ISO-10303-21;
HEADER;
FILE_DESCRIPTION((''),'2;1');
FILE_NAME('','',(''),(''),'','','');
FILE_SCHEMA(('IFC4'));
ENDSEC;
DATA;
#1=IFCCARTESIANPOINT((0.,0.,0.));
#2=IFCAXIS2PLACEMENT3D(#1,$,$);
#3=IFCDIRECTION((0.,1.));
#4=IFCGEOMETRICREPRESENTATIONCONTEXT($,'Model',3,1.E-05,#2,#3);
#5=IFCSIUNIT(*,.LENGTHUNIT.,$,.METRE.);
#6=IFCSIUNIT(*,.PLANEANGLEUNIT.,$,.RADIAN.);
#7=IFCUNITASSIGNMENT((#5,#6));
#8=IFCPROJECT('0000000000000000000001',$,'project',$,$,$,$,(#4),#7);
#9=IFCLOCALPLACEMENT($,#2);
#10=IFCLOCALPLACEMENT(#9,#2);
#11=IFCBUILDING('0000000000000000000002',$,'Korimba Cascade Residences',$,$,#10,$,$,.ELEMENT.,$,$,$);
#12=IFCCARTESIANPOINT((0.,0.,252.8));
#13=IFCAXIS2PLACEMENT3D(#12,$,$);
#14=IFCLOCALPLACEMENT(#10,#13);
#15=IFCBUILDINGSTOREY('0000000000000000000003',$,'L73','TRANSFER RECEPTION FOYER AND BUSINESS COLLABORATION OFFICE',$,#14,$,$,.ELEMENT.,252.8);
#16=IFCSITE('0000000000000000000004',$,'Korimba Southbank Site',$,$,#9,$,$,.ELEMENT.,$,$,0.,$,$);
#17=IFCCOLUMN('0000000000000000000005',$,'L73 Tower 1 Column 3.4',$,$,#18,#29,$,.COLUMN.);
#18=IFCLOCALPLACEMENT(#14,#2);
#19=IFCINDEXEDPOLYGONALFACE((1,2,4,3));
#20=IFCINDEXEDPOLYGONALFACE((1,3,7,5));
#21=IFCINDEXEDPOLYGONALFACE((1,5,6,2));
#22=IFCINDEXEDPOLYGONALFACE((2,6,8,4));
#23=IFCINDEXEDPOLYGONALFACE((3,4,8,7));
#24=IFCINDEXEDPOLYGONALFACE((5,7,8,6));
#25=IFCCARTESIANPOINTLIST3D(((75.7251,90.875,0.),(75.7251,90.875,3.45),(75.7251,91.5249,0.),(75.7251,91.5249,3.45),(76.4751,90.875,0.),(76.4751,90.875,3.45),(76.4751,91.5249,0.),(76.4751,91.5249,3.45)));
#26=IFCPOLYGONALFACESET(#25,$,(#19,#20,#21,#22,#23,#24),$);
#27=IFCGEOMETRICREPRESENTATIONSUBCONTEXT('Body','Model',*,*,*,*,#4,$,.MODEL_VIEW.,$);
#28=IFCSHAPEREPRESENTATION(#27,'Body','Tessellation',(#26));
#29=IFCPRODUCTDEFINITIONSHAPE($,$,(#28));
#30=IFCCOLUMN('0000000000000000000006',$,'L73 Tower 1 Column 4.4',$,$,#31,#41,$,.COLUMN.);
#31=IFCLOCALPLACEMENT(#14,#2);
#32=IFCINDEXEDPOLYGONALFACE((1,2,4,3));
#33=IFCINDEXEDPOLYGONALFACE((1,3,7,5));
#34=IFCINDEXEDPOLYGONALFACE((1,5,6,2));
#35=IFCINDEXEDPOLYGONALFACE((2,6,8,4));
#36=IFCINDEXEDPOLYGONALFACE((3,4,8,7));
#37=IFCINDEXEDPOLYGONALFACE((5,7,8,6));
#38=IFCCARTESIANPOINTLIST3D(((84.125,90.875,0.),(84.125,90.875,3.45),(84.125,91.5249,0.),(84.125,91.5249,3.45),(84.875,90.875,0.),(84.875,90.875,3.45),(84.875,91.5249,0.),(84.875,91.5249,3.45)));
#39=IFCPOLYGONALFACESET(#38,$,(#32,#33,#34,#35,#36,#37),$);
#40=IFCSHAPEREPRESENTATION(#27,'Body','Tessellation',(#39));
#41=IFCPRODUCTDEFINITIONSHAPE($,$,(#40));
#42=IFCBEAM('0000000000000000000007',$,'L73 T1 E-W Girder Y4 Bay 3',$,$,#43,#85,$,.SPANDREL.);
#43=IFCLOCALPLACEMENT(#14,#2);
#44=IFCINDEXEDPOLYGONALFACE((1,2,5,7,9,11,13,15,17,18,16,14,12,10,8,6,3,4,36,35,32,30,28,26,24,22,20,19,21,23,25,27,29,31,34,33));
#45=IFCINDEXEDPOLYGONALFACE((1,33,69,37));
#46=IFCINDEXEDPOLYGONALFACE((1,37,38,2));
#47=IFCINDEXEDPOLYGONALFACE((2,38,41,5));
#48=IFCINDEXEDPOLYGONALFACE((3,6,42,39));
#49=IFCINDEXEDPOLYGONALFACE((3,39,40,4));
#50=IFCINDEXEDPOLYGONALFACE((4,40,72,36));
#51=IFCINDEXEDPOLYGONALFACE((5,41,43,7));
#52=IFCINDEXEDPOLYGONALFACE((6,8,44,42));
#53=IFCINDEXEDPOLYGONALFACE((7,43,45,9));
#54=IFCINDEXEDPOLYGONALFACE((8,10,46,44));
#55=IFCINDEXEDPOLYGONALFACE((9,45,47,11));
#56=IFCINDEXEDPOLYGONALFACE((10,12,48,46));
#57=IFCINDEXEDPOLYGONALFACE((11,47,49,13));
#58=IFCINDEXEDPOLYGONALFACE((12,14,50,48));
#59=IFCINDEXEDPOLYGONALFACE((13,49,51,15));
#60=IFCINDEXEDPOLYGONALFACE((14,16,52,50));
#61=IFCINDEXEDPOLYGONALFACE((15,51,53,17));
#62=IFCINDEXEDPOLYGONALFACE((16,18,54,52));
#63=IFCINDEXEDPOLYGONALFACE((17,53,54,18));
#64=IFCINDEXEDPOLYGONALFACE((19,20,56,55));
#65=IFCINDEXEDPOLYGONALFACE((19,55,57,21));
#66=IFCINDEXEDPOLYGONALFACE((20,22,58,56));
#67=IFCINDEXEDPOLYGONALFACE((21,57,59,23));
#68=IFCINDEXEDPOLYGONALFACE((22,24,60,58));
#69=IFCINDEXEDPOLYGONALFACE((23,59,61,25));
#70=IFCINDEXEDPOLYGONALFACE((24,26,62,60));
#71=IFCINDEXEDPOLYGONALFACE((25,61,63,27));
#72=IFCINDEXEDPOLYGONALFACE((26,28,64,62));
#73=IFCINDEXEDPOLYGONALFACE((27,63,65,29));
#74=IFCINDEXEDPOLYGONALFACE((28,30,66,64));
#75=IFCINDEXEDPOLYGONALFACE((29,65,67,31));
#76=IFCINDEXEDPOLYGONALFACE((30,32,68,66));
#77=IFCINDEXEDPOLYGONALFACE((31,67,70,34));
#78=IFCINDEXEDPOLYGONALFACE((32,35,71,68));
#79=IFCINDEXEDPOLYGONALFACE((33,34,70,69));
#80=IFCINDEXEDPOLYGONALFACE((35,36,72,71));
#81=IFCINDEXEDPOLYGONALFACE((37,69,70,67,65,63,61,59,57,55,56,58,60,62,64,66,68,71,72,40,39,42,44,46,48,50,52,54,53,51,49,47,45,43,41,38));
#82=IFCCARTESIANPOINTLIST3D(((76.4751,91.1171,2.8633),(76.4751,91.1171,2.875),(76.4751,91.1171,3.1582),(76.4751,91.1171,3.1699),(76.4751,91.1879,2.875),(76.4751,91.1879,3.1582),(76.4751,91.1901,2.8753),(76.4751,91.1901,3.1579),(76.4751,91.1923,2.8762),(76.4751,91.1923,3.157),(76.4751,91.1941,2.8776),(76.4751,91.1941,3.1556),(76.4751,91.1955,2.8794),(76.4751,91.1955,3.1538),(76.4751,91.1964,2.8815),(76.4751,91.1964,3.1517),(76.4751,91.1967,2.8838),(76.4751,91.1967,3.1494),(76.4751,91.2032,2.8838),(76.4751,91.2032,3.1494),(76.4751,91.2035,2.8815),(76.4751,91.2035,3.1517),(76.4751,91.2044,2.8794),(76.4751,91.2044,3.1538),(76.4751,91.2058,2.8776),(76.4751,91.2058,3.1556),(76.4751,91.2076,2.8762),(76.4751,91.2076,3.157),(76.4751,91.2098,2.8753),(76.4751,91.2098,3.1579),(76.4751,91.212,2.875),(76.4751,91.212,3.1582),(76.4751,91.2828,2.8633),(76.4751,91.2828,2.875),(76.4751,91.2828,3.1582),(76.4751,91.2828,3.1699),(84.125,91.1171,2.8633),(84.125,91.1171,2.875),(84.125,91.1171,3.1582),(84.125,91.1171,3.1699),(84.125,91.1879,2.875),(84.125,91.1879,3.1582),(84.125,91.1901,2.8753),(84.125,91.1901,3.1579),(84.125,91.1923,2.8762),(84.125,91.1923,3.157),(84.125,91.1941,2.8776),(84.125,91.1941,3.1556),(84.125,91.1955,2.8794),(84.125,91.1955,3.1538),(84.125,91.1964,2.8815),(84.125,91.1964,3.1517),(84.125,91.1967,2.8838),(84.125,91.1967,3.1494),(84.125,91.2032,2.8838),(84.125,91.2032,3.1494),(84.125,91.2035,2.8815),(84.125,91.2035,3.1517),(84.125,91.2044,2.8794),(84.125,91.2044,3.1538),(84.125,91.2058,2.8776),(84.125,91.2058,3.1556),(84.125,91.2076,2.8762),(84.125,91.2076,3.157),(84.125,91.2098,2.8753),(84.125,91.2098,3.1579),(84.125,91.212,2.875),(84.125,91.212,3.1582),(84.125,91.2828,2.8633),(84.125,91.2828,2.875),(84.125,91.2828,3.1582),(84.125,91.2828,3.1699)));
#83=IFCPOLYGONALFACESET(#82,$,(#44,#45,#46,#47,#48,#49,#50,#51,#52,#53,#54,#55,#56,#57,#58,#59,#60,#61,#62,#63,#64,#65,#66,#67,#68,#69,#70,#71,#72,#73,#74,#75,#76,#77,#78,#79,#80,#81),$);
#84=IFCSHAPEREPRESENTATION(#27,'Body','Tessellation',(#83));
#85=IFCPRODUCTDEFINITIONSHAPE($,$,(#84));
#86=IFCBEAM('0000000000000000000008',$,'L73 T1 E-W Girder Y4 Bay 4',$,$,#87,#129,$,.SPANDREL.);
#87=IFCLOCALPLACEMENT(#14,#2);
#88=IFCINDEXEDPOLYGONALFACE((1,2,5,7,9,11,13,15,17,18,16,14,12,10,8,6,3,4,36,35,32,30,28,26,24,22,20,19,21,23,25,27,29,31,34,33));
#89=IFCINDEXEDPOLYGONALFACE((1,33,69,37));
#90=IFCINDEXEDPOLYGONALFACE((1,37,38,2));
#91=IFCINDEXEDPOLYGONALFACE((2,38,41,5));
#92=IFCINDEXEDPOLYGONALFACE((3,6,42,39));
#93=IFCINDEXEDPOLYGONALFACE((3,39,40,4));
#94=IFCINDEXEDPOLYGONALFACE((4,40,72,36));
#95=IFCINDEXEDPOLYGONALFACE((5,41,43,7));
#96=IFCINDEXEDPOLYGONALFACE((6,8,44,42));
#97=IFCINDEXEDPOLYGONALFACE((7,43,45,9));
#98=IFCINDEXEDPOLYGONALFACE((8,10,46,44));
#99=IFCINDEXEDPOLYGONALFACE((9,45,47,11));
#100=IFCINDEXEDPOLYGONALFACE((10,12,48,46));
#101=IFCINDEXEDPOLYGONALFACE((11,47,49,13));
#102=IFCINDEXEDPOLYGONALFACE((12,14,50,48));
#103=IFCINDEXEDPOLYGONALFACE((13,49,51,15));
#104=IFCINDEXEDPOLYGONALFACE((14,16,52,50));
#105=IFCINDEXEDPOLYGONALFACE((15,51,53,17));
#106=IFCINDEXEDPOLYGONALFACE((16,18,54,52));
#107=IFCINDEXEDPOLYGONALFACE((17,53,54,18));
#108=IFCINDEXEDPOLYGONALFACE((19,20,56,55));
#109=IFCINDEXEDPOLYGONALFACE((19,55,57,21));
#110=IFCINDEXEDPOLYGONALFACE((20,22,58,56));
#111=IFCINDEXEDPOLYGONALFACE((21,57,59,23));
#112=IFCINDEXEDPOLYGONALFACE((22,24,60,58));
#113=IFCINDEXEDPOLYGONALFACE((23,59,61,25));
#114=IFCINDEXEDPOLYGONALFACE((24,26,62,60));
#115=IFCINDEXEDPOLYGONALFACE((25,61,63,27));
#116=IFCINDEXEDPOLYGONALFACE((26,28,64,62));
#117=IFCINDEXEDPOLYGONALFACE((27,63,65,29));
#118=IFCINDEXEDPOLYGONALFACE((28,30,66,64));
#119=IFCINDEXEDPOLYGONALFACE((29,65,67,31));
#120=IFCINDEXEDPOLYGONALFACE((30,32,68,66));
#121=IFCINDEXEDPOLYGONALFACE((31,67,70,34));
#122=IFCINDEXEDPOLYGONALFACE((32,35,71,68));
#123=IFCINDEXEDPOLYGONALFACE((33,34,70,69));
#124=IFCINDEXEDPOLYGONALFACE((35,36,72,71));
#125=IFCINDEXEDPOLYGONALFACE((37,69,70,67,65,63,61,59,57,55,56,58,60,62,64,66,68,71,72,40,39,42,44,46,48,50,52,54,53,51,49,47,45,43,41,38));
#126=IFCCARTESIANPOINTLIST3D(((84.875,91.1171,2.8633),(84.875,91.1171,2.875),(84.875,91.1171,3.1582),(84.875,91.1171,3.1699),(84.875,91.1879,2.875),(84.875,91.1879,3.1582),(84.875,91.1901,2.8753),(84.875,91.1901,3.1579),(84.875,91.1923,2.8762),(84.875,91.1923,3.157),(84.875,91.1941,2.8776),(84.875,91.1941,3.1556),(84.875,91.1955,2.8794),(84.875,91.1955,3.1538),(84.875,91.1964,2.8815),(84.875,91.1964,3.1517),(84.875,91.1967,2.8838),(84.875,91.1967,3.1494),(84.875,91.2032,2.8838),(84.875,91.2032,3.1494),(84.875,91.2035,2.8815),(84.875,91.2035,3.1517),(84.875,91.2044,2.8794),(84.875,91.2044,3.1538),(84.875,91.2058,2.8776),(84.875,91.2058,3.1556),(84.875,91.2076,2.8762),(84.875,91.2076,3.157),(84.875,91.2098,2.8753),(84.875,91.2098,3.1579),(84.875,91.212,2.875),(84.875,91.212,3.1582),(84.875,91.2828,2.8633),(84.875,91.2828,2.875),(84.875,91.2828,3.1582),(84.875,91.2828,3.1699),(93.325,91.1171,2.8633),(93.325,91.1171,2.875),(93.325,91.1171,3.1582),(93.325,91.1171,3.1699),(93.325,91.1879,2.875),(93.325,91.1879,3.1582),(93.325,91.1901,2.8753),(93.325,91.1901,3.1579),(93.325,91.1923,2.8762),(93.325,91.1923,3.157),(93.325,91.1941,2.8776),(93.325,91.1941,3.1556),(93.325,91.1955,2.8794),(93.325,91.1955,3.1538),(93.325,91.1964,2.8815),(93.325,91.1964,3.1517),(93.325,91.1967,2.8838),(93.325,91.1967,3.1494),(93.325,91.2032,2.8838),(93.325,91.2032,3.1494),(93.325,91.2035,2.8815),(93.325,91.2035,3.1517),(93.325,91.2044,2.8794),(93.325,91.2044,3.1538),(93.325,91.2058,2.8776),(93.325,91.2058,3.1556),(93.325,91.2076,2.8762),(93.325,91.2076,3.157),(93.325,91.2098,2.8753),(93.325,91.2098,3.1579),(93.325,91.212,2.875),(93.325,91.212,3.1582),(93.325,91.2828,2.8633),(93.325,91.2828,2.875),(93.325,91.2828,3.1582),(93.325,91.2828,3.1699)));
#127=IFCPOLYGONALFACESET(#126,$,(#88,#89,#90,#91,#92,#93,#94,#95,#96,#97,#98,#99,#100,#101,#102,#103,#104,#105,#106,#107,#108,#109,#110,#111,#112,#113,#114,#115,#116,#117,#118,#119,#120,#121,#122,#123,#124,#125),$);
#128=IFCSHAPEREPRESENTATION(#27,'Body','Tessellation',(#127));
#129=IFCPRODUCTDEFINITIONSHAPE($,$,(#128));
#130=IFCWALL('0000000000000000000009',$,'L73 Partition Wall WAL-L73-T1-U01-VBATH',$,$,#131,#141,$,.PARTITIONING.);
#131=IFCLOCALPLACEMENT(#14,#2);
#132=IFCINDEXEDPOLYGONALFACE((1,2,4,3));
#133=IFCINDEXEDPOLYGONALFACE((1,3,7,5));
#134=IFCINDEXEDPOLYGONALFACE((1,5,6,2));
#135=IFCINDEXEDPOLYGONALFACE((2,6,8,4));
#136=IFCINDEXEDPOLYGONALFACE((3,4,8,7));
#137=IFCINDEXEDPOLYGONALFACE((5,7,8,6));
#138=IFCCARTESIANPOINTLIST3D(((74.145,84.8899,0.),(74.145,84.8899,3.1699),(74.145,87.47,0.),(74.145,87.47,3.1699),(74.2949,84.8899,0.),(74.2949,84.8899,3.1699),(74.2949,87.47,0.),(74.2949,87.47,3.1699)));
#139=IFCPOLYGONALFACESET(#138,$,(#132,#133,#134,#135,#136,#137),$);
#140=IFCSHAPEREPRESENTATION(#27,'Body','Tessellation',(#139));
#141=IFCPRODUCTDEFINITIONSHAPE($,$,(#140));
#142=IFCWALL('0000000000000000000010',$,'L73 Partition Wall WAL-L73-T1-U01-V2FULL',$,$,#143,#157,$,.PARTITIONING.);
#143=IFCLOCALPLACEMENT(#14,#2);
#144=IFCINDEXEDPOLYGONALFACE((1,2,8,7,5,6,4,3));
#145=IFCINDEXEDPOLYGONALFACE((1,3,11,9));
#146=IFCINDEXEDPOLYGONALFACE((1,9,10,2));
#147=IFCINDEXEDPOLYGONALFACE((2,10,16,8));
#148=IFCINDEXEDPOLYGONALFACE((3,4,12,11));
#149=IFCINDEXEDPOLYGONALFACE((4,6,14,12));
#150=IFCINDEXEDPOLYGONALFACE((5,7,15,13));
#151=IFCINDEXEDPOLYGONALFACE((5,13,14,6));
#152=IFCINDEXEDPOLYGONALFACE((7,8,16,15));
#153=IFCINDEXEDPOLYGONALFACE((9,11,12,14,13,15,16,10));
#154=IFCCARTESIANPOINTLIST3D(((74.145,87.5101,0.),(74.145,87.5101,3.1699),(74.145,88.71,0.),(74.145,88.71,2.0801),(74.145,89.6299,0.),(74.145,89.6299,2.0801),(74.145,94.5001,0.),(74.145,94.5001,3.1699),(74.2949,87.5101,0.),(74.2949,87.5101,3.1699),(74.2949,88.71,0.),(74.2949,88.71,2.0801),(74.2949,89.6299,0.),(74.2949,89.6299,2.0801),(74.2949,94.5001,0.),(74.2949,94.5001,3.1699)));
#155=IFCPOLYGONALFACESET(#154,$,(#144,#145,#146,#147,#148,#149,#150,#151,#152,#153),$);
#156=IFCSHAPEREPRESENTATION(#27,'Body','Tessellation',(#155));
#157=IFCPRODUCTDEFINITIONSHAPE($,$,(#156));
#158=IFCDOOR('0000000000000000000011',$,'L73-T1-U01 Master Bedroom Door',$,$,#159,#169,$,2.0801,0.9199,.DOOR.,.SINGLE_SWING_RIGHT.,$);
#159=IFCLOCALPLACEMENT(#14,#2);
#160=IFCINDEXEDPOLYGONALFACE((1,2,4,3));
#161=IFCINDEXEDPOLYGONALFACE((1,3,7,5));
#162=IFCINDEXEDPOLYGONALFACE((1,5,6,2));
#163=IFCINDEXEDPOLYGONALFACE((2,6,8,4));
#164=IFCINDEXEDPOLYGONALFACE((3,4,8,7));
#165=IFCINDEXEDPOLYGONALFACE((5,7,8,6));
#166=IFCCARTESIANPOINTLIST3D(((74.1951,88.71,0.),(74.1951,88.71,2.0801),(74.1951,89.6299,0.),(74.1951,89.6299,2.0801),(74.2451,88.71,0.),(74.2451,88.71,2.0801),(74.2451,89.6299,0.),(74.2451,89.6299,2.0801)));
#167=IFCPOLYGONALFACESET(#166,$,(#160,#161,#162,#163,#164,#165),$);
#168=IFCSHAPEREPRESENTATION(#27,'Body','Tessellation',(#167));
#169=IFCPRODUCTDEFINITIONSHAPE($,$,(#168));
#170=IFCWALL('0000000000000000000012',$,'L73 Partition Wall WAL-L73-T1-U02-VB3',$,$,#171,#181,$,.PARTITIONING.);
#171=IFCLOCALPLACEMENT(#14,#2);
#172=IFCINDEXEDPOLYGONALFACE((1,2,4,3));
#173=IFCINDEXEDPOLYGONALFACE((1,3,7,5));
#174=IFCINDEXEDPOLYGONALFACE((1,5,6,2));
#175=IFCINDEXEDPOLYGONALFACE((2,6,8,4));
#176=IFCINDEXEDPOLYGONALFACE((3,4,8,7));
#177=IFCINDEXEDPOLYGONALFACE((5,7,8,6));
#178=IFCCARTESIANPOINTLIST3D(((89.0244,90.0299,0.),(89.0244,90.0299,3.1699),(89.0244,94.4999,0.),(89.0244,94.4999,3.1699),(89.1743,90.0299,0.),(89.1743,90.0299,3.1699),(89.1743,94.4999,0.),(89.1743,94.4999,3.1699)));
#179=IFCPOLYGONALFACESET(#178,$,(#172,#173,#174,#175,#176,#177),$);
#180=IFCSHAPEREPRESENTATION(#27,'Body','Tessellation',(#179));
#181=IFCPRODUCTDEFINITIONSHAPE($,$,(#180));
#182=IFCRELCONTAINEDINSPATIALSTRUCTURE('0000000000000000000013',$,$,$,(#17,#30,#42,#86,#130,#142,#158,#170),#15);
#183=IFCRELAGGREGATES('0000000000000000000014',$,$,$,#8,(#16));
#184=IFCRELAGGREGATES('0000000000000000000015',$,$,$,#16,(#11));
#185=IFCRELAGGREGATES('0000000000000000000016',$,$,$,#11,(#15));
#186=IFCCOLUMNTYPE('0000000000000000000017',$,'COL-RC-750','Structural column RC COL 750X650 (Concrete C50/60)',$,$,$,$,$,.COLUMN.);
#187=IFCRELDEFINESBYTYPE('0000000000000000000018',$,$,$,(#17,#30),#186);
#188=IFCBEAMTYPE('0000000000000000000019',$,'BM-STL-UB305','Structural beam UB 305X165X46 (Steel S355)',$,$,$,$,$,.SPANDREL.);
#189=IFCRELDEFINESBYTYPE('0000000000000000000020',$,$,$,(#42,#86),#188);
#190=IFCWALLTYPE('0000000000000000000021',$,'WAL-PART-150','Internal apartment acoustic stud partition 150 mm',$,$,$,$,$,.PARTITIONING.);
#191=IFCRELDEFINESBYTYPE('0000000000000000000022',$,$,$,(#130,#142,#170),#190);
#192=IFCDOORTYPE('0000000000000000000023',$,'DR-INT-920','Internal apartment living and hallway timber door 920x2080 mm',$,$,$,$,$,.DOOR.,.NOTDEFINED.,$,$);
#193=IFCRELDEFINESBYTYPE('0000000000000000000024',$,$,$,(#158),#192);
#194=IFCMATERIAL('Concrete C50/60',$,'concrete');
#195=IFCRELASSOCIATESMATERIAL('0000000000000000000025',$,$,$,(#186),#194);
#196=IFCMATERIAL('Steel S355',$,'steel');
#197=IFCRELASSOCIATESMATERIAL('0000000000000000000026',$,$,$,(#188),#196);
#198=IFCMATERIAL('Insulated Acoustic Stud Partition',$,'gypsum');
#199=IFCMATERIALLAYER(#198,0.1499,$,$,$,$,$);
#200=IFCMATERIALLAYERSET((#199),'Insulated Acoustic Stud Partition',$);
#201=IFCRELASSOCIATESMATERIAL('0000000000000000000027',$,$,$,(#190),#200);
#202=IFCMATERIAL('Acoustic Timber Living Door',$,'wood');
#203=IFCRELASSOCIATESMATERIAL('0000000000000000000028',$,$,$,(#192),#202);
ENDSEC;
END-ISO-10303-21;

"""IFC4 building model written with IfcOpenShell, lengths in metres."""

from ifc_helpers import new_model, si_unit, direction, frame, frame_2d, origin, origin_2d, place, context, subcontext, project, spatial, rectangle, i_section, extrude, material, layer, layer_set, material_profile, profile_set, type_object, element, fill, save


model = new_model("IFC4")

# Units and contexts
model_context = context("Model", 3, precision=1e-05, world=origin(), true_north=direction((0.0, 1.0)))
body_context = subcontext(model_context, "Body", "Model", "MODEL_VIEW")
ifc_project = project(units=[si_unit("LENGTHUNIT", "METRE"), si_unit("PLANEANGLEUNIT", "RADIAN")], contexts=[model_context])

# Site, building, storey
site_placement = place(None, origin())
site = spatial("IfcSite", under=ifc_project, at=site_placement, Name="Korimba Southbank Site", CompositionType="ELEMENT", RefElevation=0.0)
building_placement = place(site_placement, origin())
building = spatial("IfcBuilding", under=site, at=building_placement, Name="Korimba Cascade Residences", CompositionType="ELEMENT")
storey_placement = place(building_placement, frame((0.0, 0.0, 252.8)))
storey = spatial("IfcBuildingStorey", under=building, at=storey_placement, Name="L73", Description="TRANSFER RECEPTION FOYER AND BUSINESS COLLABORATION OFFICE", CompositionType="ELEMENT", Elevation=252.8)

# Columns
ifc_material_1 = material(Name="Concrete C50/60", Category="concrete")
ifc_material_profile_1 = material_profile(ifc_material_1, rectangle(XDim=0.75, YDim=0.6499, at=origin_2d()), Name="Concrete C50/60")
ifc_profile_set_1 = profile_set([ifc_material_profile_1], Name="Concrete C50/60")
column_type = type_object("IfcColumnType", Name="COL-RC-750", Description="Structural column RC COL 750X650 (Concrete C50/60)", PredefinedType="COLUMN", material=ifc_profile_set_1)
for number, where, z_axis, x_axis, name in (
    (1, (76.1001, 91.2, 0.0), (0.0, 0.0, 1.0), (1.0, 0.0, 0.0), "L73 Tower 1 Column 3.4"),
    (2, (84.5, 91.2, 0.0), (0.0, 0.0, 1.0), (1.0, 0.0, 0.0), "L73 Tower 1 Column 4.4"),
):
    element("IfcColumn", number, at=place(storey_placement, frame(where, z_axis=z_axis, x_axis=x_axis)), inside=storey, type_object=column_type, Name=name, PredefinedType="COLUMN", context=body_context, shape_type="SweptSolid", body=[
        extrude(rectangle(XDim=0.75, YDim=0.6499, at=origin_2d()), origin(), (0.0, 0.0, 1.0), 3.45),
    ])

# Beams
ifc_material_2 = material(Name="Steel S355", Category="steel")
ifc_material_profile_2 = material_profile(ifc_material_2, i_section(OverallWidth=0.1658, OverallDepth=0.3066, WebThickness=0.0066, FlangeThickness=0.0117, FilletRadius=0.0088, at=origin_2d()), Name="Steel S355")
ifc_profile_set_2 = profile_set([ifc_material_profile_2], Name="Steel S355")
beam_type = type_object("IfcBeamType", Name="BM-STL-UB305", Description="Structural beam UB 305X165X46 (Steel S355)", PredefinedType="SPANDREL", material=ifc_profile_set_2)
beam_1_placement = place(storey_placement, frame((76.4751, 91.2, 3.0166), z_axis=(1.0, 0.0, 0.0), x_axis=(0.0, 1.0, 0.0)))
element("IfcBeam", 3, at=beam_1_placement, inside=storey, type_object=beam_type, Name="L73 T1 E-W Girder Y4 Bay 3", PredefinedType="SPANDREL", context=body_context, shape_type="SweptSolid", body=[
    extrude(i_section(OverallWidth=0.1658, OverallDepth=0.3066, WebThickness=0.0066, FlangeThickness=0.0117, FilletRadius=0.0088, at=origin_2d()), origin(), (0.0, 0.0, 1.0), 7.6499),
])
beam_2_placement = place(storey_placement, frame((84.875, 91.2, 3.0166), z_axis=(1.0, 0.0, 0.0), x_axis=(0.0, 1.0, 0.0)))
element("IfcBeam", 4, at=beam_2_placement, inside=storey, type_object=beam_type, Name="L73 T1 E-W Girder Y4 Bay 4", PredefinedType="SPANDREL", context=body_context, shape_type="SweptSolid", body=[
    extrude(i_section(OverallWidth=0.1658, OverallDepth=0.3066, WebThickness=0.0066, FlangeThickness=0.0117, FilletRadius=0.0088, at=origin_2d()), origin(), (0.0, 0.0, 1.0), 8.45),
])

# Wall
ifc_material_3 = material(Name="Insulated Acoustic Stud Partition", Category="gypsum")
ifc_layer = layer(ifc_material_3, 0.1499)
ifc_layer_set = layer_set([ifc_layer], Name="Insulated Acoustic Stud Partition")
wall_type = type_object("IfcWallType", Name="WAL-PART-150", Description="Internal apartment acoustic stud partition 150 mm", PredefinedType="PARTITIONING", material=ifc_layer_set)
wall_1_placement = place(storey_placement, frame((74.22, 84.8899, 0.0), z_axis=(0.0, 0.0, 1.0), x_axis=(0.0, 1.0, 0.0)))
element("IfcWall", 5, at=wall_1_placement, inside=storey, type_object=wall_type, Name="L73 Partition Wall WAL-L73-T1-U01-VBATH", PredefinedType="PARTITIONING", context=body_context, shape_type="SweptSolid", body=[
    extrude(rectangle(XDim=2.5801, YDim=0.1499, at=frame_2d((1.29, 0.0))), origin(), (0.0, 0.0, 1.0), 3.1699),
])

# Wall, opening, door
wall_2_placement = place(storey_placement, frame((74.22, 87.51, 0.0), z_axis=(0.0, 0.0, 1.0), x_axis=(0.0, 1.0, 0.0)))
wall_2 = element("IfcWall", 6, at=wall_2_placement, inside=storey, type_object=wall_type, Name="L73 Partition Wall WAL-L73-T1-U01-V2FULL", PredefinedType="PARTITIONING", context=body_context, shape_type="SweptSolid", body=[
    extrude(rectangle(XDim=6.99, YDim=0.1499, at=frame_2d((3.4951, 0.0))), origin(), (0.0, 0.0, 1.0), 3.1699),
])
opening_1_placement = place(wall_2_placement, frame((1.2, 0.0, 0.0)))
opening_1 = element("IfcOpeningElement", 7, at=opening_1_placement, cuts=wall_2, PredefinedType="OPENING", context=body_context, shape_type="SweptSolid", body=[
    extrude(rectangle(XDim=0.9199, YDim=2.0801, at=frame_2d((0.46, 1.04))), frame((0.0, 0.085, 0.0), z_axis=(0.0, -1.0, 0.0), x_axis=(1.0, 0.0, 0.0)), (0.0, 0.0, 1.0), 0.1699),
])
ifc_material_4 = material(Name="Acoustic Timber Living Door", Category="wood")
door_type_1 = type_object("IfcDoorType", Name="DR-INT-920", Description="Internal apartment living and hallway timber door 920x2080 mm", OperationType="NOTDEFINED", PredefinedType="DOOR", material=ifc_material_4)
door_1_placement = place(opening_1_placement, origin())
door_1 = element("IfcDoor", 8, at=door_1_placement, inside=storey, type_object=door_type_1, Name="L73-T1-U01 Master Bedroom Door", OperationType="SINGLE_SWING_RIGHT", OverallHeight=2.0801, OverallWidth=0.9199, PredefinedType="DOOR", context=body_context, shape_type="SweptSolid", body=[
    extrude(rectangle(XDim=0.9199, YDim=2.0801, at=frame_2d((0.46, 1.04))), frame((0.0, 0.0249, 0.0), z_axis=(0.0, -1.0, 0.0), x_axis=(1.0, 0.0, 0.0)), (0.0, 0.0, 1.0), 0.05),
])
fill(opening_1, door_1)

# Wall
wall_3_placement = place(storey_placement, frame((89.0994, 90.03, 0.0), z_axis=(0.0, 0.0, 1.0), x_axis=(0.0, 1.0, 0.0)))
element("IfcWall", 9, at=wall_3_placement, inside=storey, type_object=wall_type, Name="L73 Partition Wall WAL-L73-T1-U02-VB3", PredefinedType="PARTITIONING", context=body_context, shape_type="SweptSolid", body=[
    extrude(rectangle(XDim=4.47, YDim=0.1499, at=frame_2d((2.2349, 0.0))), origin(), (0.0, 0.0, 1.0), 3.1699),
])

save(model, "model.ifc")
